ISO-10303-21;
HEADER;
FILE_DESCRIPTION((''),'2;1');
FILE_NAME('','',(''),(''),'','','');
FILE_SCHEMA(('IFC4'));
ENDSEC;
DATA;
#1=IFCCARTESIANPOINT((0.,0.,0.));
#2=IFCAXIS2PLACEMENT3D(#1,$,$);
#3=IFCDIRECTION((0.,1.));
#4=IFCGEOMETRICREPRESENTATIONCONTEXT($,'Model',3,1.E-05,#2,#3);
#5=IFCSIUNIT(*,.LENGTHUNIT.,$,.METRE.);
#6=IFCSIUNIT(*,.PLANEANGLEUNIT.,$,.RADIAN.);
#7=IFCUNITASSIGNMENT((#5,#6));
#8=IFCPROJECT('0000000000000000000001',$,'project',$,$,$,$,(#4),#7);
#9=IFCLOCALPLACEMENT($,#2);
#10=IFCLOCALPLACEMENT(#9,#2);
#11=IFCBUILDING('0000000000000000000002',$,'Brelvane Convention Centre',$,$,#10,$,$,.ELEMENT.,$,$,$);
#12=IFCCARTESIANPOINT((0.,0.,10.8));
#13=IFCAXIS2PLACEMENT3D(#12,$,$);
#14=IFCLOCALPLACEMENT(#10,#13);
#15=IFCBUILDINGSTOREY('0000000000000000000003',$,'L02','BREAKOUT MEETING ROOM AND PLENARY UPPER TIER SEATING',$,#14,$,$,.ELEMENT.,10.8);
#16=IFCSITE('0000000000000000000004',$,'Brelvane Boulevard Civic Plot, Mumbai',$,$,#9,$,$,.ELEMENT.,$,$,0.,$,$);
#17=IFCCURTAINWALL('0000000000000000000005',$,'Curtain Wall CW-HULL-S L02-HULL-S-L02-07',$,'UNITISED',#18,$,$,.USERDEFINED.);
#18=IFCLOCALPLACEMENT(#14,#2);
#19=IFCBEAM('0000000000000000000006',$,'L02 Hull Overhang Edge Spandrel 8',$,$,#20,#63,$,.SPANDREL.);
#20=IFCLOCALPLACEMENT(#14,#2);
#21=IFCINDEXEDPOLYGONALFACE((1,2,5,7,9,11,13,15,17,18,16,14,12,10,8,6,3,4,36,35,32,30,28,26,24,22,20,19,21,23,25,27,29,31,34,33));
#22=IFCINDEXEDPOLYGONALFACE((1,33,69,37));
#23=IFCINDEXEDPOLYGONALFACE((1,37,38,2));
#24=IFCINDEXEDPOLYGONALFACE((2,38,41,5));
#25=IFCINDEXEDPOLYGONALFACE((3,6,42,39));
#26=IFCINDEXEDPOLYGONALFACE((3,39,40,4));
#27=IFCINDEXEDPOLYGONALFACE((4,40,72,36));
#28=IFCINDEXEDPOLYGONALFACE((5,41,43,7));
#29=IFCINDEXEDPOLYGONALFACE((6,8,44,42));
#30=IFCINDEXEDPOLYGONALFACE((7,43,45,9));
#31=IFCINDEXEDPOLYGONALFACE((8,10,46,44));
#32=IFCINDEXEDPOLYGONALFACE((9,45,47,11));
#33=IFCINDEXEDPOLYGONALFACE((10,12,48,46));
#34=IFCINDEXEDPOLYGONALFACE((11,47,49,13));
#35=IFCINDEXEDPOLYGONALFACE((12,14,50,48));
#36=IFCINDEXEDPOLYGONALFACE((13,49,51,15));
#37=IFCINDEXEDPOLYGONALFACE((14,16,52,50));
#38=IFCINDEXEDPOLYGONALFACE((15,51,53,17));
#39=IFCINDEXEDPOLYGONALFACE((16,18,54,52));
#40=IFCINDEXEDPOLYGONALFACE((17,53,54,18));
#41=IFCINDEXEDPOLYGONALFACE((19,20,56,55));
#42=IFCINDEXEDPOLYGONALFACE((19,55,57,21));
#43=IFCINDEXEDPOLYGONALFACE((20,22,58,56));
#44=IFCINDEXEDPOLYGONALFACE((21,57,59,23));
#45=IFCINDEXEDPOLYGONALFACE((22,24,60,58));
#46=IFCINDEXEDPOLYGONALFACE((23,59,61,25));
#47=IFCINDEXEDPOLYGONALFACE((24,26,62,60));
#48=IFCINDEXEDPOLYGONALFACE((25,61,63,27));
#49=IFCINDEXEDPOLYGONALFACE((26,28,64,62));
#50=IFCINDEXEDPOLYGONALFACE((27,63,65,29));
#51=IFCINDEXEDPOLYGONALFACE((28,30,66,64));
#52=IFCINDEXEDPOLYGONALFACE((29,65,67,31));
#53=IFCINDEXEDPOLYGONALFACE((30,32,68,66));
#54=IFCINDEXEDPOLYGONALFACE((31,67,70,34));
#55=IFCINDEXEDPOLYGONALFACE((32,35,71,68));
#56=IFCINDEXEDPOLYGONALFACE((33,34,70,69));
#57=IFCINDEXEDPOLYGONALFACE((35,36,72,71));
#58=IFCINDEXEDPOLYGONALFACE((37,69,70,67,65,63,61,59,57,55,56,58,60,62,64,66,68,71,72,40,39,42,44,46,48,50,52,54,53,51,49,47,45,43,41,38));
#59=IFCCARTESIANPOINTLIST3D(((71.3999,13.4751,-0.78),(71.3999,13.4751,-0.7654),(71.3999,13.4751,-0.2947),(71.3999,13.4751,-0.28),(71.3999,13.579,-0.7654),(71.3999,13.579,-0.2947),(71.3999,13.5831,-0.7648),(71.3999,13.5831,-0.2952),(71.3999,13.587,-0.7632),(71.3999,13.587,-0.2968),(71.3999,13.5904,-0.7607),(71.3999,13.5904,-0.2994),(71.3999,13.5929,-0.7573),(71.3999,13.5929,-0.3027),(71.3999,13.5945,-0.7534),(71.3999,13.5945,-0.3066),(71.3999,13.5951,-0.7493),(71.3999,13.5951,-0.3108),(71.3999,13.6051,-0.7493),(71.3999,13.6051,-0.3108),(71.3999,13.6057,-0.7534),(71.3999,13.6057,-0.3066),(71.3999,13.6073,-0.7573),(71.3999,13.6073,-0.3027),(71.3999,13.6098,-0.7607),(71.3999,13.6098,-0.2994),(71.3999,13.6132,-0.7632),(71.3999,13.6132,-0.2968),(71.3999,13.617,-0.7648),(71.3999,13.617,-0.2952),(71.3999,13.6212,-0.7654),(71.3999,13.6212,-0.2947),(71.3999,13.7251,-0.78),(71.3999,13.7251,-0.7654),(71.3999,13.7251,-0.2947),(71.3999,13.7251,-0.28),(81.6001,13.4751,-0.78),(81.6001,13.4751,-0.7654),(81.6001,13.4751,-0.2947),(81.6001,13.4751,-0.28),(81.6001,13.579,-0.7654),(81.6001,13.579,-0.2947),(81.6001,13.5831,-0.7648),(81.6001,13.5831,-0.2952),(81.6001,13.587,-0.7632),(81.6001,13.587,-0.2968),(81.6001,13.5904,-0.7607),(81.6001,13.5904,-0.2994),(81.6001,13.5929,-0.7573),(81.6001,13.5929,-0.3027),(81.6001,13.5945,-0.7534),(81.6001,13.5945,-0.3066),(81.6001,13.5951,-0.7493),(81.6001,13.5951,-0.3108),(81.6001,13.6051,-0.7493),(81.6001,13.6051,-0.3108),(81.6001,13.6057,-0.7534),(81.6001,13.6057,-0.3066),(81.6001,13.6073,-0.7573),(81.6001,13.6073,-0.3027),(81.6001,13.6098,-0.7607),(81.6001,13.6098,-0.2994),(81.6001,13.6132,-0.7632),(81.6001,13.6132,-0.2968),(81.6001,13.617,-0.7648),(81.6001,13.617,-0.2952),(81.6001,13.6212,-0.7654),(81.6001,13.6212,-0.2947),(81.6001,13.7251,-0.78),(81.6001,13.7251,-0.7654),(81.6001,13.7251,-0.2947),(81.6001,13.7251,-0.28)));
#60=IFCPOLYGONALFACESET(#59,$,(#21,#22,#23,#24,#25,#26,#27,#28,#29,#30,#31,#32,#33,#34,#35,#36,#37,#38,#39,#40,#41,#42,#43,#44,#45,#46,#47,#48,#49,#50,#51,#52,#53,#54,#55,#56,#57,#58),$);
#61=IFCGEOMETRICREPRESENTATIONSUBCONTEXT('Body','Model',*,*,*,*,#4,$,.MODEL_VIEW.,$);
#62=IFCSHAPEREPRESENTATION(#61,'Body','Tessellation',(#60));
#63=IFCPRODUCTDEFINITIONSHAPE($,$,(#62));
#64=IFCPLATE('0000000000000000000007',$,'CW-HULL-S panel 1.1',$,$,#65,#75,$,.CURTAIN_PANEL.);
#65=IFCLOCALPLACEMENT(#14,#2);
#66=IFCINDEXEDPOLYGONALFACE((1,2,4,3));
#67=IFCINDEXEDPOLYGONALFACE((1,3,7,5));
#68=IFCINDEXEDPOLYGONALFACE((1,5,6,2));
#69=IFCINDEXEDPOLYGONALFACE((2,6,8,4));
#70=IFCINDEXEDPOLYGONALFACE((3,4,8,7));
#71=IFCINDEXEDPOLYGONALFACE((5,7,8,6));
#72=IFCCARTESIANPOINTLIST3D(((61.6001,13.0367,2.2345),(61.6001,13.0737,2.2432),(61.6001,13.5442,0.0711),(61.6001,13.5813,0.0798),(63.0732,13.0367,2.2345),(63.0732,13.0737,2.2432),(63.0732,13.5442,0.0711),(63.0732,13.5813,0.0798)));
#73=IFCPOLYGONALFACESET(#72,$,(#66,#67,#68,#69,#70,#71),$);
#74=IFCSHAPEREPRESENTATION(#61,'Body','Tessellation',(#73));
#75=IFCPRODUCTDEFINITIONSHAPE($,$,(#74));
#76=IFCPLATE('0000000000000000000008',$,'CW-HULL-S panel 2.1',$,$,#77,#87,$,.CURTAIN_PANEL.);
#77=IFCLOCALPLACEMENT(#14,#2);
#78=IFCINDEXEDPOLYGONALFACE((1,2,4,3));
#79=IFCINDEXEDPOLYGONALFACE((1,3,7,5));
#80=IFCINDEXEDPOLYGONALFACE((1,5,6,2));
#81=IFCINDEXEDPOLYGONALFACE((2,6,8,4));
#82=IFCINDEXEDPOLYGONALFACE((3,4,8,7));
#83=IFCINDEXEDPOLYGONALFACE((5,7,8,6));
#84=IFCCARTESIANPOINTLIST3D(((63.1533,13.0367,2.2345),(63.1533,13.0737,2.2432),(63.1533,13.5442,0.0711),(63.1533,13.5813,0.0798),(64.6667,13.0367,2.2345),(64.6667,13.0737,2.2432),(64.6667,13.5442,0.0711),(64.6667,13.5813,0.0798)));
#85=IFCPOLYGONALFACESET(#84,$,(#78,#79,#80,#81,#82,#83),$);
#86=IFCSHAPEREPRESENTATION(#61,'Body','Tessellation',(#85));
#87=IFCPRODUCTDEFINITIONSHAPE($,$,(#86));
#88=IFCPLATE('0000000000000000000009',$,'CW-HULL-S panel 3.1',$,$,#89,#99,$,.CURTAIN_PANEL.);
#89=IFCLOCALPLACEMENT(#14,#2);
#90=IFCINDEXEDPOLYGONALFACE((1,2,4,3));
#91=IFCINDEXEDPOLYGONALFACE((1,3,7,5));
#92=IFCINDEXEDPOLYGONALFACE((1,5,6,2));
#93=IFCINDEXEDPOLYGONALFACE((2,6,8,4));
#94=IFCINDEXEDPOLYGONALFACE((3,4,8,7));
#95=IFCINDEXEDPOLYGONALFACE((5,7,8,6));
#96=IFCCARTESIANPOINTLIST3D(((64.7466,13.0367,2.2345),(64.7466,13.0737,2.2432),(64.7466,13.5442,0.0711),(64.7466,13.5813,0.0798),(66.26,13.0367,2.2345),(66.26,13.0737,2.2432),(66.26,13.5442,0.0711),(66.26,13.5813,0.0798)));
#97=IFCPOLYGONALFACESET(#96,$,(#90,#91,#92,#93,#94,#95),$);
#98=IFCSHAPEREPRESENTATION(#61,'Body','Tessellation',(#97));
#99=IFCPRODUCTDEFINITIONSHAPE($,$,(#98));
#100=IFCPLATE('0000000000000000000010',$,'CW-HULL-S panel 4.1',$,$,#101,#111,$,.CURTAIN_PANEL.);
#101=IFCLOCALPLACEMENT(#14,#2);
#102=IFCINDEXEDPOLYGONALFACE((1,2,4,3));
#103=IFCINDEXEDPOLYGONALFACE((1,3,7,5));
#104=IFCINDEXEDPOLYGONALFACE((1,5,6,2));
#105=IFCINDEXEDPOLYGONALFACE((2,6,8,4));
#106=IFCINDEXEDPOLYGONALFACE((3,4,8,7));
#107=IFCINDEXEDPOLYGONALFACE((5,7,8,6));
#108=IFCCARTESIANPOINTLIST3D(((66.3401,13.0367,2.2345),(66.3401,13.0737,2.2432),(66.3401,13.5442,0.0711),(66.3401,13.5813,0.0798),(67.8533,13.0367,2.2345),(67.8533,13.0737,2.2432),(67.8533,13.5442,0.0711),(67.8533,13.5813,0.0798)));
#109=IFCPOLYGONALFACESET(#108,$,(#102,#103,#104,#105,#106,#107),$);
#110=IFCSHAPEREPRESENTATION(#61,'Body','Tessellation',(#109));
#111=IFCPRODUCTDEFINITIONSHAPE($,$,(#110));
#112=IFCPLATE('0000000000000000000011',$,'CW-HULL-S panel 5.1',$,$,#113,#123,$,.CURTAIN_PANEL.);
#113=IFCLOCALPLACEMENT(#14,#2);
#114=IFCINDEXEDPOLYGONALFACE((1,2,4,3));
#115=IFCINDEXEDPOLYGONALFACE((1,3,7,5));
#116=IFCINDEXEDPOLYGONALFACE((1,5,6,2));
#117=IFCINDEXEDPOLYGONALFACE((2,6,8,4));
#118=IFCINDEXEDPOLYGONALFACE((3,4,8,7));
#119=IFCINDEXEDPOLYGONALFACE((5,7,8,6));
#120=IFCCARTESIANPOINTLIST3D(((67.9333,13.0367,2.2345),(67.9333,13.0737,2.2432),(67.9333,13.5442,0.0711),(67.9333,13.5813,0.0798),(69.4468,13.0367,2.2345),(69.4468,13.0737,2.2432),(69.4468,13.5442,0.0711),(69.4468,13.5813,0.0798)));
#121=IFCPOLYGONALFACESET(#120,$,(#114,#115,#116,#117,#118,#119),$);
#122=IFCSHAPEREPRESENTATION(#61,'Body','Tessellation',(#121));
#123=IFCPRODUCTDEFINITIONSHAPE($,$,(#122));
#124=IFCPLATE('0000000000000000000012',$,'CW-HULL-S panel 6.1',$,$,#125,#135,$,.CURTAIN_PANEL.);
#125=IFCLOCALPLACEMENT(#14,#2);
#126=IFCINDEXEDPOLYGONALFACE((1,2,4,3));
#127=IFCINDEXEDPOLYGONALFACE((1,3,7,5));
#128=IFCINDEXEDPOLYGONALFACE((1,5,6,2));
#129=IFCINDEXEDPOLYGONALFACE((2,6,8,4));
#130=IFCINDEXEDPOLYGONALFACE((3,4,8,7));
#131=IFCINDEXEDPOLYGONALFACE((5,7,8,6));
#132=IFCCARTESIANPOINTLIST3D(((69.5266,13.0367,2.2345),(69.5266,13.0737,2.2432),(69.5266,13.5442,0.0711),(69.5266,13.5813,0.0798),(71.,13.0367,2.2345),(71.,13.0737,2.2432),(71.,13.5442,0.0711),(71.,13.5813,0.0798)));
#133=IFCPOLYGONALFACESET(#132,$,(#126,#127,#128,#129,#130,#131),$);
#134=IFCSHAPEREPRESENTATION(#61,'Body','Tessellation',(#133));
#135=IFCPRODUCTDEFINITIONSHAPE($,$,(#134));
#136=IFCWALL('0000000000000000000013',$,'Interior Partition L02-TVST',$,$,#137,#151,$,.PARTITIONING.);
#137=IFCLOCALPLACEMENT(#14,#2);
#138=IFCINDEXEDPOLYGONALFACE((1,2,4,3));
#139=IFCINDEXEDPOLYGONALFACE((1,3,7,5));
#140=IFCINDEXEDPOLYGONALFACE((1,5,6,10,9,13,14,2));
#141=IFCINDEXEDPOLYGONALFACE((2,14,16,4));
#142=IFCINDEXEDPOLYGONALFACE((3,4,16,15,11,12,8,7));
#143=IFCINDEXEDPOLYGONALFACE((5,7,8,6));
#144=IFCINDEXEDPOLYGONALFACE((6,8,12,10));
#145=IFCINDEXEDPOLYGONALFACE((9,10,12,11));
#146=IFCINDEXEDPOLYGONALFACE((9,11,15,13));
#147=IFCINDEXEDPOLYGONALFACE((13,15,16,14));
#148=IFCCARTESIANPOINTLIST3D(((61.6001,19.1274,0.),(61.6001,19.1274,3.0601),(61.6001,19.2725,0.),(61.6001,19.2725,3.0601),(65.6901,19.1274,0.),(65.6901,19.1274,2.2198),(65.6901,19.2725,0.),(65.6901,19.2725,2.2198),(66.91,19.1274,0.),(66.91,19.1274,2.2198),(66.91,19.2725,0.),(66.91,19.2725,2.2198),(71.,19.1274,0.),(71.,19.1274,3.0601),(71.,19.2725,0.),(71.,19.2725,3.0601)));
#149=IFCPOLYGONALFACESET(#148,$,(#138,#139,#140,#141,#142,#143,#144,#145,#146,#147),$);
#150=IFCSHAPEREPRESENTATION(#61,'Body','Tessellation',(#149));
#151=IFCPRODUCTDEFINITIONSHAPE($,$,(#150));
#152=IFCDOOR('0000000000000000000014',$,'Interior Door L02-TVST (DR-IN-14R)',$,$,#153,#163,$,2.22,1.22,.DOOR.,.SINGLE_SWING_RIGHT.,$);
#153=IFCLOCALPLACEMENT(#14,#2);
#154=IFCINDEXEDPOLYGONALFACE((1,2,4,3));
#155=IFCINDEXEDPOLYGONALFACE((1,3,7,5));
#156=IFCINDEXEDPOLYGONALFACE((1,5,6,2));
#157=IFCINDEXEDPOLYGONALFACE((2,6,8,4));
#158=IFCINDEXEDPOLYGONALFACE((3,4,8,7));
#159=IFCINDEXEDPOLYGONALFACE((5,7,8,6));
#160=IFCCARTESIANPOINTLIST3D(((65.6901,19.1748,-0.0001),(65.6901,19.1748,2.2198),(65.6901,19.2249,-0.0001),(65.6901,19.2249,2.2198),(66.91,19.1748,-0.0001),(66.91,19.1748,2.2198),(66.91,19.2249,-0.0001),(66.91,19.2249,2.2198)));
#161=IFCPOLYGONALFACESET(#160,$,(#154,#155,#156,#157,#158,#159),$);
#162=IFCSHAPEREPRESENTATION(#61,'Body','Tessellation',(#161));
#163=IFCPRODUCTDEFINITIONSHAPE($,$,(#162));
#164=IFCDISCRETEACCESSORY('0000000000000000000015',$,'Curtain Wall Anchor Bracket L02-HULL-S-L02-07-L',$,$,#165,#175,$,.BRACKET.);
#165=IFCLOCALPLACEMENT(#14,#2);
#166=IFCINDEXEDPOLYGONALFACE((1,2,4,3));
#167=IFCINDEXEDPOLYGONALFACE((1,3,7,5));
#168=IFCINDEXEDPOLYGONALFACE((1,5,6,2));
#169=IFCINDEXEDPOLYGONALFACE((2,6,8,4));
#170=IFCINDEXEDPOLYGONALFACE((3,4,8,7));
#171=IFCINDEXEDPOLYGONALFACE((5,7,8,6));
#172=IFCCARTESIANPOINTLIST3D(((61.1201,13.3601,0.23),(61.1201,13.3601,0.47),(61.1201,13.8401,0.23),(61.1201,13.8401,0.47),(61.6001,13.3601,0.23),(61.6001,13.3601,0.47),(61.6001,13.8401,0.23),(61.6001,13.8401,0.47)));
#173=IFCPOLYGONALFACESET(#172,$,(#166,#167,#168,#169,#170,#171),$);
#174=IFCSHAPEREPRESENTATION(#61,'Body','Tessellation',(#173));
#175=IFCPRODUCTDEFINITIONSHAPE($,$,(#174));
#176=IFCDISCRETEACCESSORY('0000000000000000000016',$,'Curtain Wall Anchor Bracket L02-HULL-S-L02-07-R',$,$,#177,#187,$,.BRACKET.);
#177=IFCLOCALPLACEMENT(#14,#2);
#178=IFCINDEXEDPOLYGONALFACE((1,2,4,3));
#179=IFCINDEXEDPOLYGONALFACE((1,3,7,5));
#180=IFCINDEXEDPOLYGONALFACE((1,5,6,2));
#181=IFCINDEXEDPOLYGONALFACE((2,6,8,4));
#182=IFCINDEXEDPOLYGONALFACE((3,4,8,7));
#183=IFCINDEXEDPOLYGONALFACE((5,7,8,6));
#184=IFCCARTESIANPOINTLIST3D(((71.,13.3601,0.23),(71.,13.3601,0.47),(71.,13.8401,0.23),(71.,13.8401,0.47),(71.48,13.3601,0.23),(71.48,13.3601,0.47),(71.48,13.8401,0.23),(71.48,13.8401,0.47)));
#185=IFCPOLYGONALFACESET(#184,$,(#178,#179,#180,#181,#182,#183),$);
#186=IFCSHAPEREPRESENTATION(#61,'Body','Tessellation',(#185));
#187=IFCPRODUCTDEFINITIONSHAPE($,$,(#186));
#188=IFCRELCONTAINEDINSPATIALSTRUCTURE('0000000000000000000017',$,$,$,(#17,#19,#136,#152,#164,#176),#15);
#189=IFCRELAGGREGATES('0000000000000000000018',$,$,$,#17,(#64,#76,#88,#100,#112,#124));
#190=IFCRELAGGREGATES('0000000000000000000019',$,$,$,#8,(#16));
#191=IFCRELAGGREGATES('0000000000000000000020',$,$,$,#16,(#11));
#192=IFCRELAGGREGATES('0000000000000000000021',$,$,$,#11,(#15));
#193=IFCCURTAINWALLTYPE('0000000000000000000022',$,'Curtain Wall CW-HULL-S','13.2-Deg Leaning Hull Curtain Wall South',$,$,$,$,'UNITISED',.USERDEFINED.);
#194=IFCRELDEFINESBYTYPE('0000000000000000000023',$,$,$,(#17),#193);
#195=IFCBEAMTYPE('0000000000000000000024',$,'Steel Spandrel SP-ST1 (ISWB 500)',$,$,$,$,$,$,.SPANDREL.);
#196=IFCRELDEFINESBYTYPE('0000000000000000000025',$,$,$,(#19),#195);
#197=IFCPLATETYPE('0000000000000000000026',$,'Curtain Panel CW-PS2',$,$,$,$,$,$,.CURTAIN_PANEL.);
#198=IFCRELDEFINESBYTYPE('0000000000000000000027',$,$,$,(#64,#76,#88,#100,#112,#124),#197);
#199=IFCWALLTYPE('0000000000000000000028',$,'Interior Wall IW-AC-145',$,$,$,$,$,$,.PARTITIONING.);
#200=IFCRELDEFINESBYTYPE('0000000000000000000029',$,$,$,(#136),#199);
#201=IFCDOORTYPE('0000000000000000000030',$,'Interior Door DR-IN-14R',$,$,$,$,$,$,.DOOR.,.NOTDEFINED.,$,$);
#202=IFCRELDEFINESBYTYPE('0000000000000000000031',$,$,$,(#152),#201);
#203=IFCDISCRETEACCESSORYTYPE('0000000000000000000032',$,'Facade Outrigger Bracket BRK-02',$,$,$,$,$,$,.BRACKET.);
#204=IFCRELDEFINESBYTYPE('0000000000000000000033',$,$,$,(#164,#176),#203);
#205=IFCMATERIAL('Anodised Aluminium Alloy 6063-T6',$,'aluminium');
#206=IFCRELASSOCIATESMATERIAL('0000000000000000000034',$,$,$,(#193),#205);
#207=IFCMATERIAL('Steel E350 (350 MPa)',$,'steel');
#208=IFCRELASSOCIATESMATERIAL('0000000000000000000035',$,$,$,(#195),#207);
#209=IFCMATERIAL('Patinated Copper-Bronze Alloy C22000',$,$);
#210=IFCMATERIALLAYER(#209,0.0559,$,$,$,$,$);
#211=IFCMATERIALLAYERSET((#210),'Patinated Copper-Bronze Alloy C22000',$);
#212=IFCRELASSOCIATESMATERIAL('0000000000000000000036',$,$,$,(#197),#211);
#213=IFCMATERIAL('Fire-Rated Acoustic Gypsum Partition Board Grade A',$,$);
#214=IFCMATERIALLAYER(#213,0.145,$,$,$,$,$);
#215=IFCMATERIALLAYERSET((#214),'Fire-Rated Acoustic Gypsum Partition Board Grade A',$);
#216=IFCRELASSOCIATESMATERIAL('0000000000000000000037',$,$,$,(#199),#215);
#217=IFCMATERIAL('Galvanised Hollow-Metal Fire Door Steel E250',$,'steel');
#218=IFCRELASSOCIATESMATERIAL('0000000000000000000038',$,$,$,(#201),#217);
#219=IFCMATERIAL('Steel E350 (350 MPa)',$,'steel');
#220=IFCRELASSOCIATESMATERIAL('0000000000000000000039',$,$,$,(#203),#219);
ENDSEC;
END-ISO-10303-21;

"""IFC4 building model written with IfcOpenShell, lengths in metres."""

from ifc_helpers import new_model, si_unit, direction, frame, frame_2d, origin, origin_2d, place, context, subcontext, project, spatial, polyline, rectangle, i_section, outline, extrude, material, layer, layer_set, material_profile, profile_set, type_object, element, fill, aggregate, save


model = new_model("IFC4")

# Units and contexts
model_context = context("Model", 3, precision=1e-05, world=origin(), true_north=direction((0.0, 1.0)))
body_context = subcontext(model_context, "Body", "Model", "MODEL_VIEW")
ifc_project = project(units=[si_unit("LENGTHUNIT", "METRE"), si_unit("PLANEANGLEUNIT", "RADIAN")], contexts=[model_context])

# Site, building, storey
site_placement = place(None, origin())
site = spatial("IfcSite", under=ifc_project, at=site_placement, Name="Brelvane Boulevard Civic Plot, Mumbai", CompositionType="ELEMENT", RefElevation=0.0)
building_placement = place(site_placement, origin())
building = spatial("IfcBuilding", under=site, at=building_placement, Name="Brelvane Convention Centre", CompositionType="ELEMENT")
storey_placement = place(building_placement, frame((0.0, 0.0, 10.8)))
storey = spatial("IfcBuildingStorey", under=building, at=storey_placement, Name="L02", Description="BREAKOUT MEETING ROOM AND PLENARY UPPER TIER SEATING", CompositionType="ELEMENT", Elevation=10.8)

# Curtain wall
ifc_material_1 = material(Name="Anodised Aluminium Alloy 6063-T6", Category="aluminium")
curtain_wall_type = type_object("IfcCurtainWallType", Name="Curtain Wall CW-HULL-S", Description="13.2-Deg Leaning Hull Curtain Wall South", ElementType="UNITISED", PredefinedType="USERDEFINED", material=ifc_material_1)
curtain_wall_1_placement = place(storey_placement, origin())
curtain_wall_1 = element("IfcCurtainWall", 1, at=curtain_wall_1_placement, inside=storey, type_object=curtain_wall_type, Name="Curtain Wall CW-HULL-S L02-HULL-S-L02-07", ObjectType="UNITISED", PredefinedType="USERDEFINED")

# Beam
ifc_material_2 = material(Name="Steel E350 (350 MPa)", Category="steel")
ifc_material_profile_1 = material_profile(ifc_material_2, i_section(OverallWidth=0.25, OverallDepth=0.5, WebThickness=0.01, FlangeThickness=0.0146, FilletRadius=0.0161, at=origin_2d()), Name="ISWB 500")
ifc_profile_set_1 = profile_set([ifc_material_profile_1], Name="Steel E350 (350 MPa)")
beam_type_1 = type_object("IfcBeamType", Name="Steel Spandrel SP-ST1 (ISWB 500)", PredefinedType="SPANDREL", material=ifc_profile_set_1)
beam_1_placement = place(storey_placement, frame((71.3999, 13.6001, -0.53), z_axis=(1.0, 0.0, 0.0), x_axis=(0.0, 1.0, 0.0)))
element("IfcBeam", 2, at=beam_1_placement, inside=storey, type_object=beam_type_1, Name="L02 Hull Overhang Edge Spandrel 8", PredefinedType="SPANDREL", context=body_context, shape_type="SweptSolid", body=[
    extrude(i_section(OverallWidth=0.25, OverallDepth=0.5, WebThickness=0.01, FlangeThickness=0.0146, FilletRadius=0.0161, at=origin_2d()), origin(), (0.0, 0.0, 1.0), 10.2002),
])

# Plates
ifc_material_3 = material(Name="Patinated Copper-Bronze Alloy C22000")
ifc_layer_1 = layer(ifc_material_3, 0.0559)
ifc_layer_set_1 = layer_set([ifc_layer_1], Name="Patinated Copper-Bronze Alloy C22000")
plate_type = type_object("IfcPlateType", Name="Curtain Panel CW-PS2", PredefinedType="CURTAIN_PANEL", material=ifc_layer_set_1)
plate_1_placement = place(storey_placement, frame((61.6001, 13.5813, 0.0798), z_axis=(0.0, 0.973563, 0.228421), x_axis=(1.0, 0.0, 0.0)))
plate_1 = element("IfcPlate", 3, at=plate_1_placement, type_object=plate_type, Name="CW-HULL-S panel 1.1", PredefinedType="CURTAIN_PANEL", context=body_context, shape_type="SweptSolid", body=[
    extrude(outline(polyline([(0.0, 0.0), (1.4731, 0.0), (1.4731, -2.2221), (0.0, -2.2221), (0.0, 0.0)])), origin(), (0.0, 0.0, -1.0), 0.0381),
])
plate_2_placement = place(storey_placement, frame((63.1533, 13.5813, 0.0798), z_axis=(0.0, 0.973563, 0.228421), x_axis=(1.0, 0.0, 0.0)))
plate_2 = element("IfcPlate", 4, at=plate_2_placement, type_object=plate_type, Name="CW-HULL-S panel 2.1", PredefinedType="CURTAIN_PANEL", context=body_context, shape_type="SweptSolid", body=[
    extrude(outline(polyline([(0.0, 0.0), (1.5134, 0.0), (1.5134, -2.2221), (0.0, -2.2221), (0.0, 0.0)])), origin(), (0.0, 0.0, -1.0), 0.0381),
])
plate_3_placement = place(storey_placement, frame((64.7466, 13.5813, 0.0798), z_axis=(0.0, 0.973563, 0.228421), x_axis=(1.0, 0.0, 0.0)))
plate_3 = element("IfcPlate", 5, at=plate_3_placement, type_object=plate_type, Name="CW-HULL-S panel 3.1", PredefinedType="CURTAIN_PANEL", context=body_context, shape_type="SweptSolid", body=[
    extrude(outline(polyline([(0.0, 0.0), (1.5134, 0.0), (1.5134, -2.2221), (0.0, -2.2221), (0.0, 0.0)])), origin(), (0.0, 0.0, -1.0), 0.0381),
])
plate_4_placement = place(storey_placement, frame((66.3401, 13.5813, 0.0798), z_axis=(0.0, 0.973563, 0.228421), x_axis=(1.0, 0.0, 0.0)))
plate_4 = element("IfcPlate", 6, at=plate_4_placement, type_object=plate_type, Name="CW-HULL-S panel 4.1", PredefinedType="CURTAIN_PANEL", context=body_context, shape_type="SweptSolid", body=[
    extrude(outline(polyline([(0.0, 0.0), (1.5132, 0.0), (1.5132, -2.2221), (0.0, -2.2221), (0.0, 0.0)])), origin(), (0.0, 0.0, -1.0), 0.0381),
])
plate_5_placement = place(storey_placement, frame((67.9333, 13.5813, 0.0798), z_axis=(0.0, 0.973563, 0.228421), x_axis=(1.0, 0.0, 0.0)))
plate_5 = element("IfcPlate", 7, at=plate_5_placement, type_object=plate_type, Name="CW-HULL-S panel 5.1", PredefinedType="CURTAIN_PANEL", context=body_context, shape_type="SweptSolid", body=[
    extrude(outline(polyline([(0.0, 0.0), (1.5134, 0.0), (1.5134, -2.2221), (0.0, -2.2221), (0.0, 0.0)])), origin(), (0.0, 0.0, -1.0), 0.0381),
])
plate_6_placement = place(storey_placement, frame((69.5266, 13.5813, 0.0798), z_axis=(0.0, 0.973563, 0.228421), x_axis=(1.0, 0.0, 0.0)))
plate_6 = element("IfcPlate", 8, at=plate_6_placement, type_object=plate_type, Name="CW-HULL-S panel 6.1", PredefinedType="CURTAIN_PANEL", context=body_context, shape_type="SweptSolid", body=[
    extrude(outline(polyline([(0.0, 0.0), (1.4734, 0.0), (1.4734, -2.2221), (0.0, -2.2221), (0.0, 0.0)])), origin(), (0.0, 0.0, -1.0), 0.0381),
])
aggregate(curtain_wall_1, [plate_1, plate_2, plate_3, plate_4, plate_5, plate_6])

# Wall, opening, door
ifc_material_4 = material(Name="Fire-Rated Acoustic Gypsum Partition Board Grade A")
ifc_layer_2 = layer(ifc_material_4, 0.145)
ifc_layer_set_2 = layer_set([ifc_layer_2], Name="Fire-Rated Acoustic Gypsum Partition Board Grade A")
wall_type = type_object("IfcWallType", Name="Interior Wall IW-AC-145", PredefinedType="PARTITIONING", material=ifc_layer_set_2)
wall_placement = place(storey_placement, frame((61.6001, 19.2, 0.0), z_axis=(0.0, 0.0, 1.0), x_axis=(1.0, 0.0, 0.0)))
wall = element("IfcWall", 9, at=wall_placement, inside=storey, type_object=wall_type, Name="Interior Partition L02-TVST", PredefinedType="PARTITIONING", context=body_context, shape_type="SweptSolid", body=[
    extrude(rectangle(XDim=9.3999, YDim=0.145, at=frame_2d((4.7, 0.0))), origin(), (0.0, 0.0, 1.0), 3.0601),
])
opening_placement = place(wall_placement, frame((4.0901, 0.0, 0.0)))
opening = element("IfcOpeningElement", 10, at=opening_placement, cuts=wall, PredefinedType="OPENING", context=body_context, shape_type="SweptSolid", body=[
    extrude(rectangle(XDim=1.22, YDim=2.22, at=frame_2d((0.6099, 1.1099))), frame((0.0, 0.0825, 0.0), z_axis=(0.0, -1.0, 0.0), x_axis=(1.0, 0.0, 0.0)), (0.0, 0.0, 1.0), 0.165),
])
ifc_material_5 = material(Name="Galvanised Hollow-Metal Fire Door Steel E250", Category="steel")
door_type = type_object("IfcDoorType", Name="Interior Door DR-IN-14R", OperationType="NOTDEFINED", PredefinedType="DOOR", material=ifc_material_5)
door_placement = place(opening_placement, origin())
door = element("IfcDoor", 11, at=door_placement, inside=storey, type_object=door_type, Name="Interior Door L02-TVST (DR-IN-14R)", OperationType="SINGLE_SWING_RIGHT", OverallHeight=2.22, OverallWidth=1.22, PredefinedType="DOOR", context=body_context, shape_type="SweptSolid", body=[
    extrude(rectangle(XDim=1.22, YDim=2.22, at=frame_2d((0.6099, 1.1099))), frame((0.0, 0.0249, 0.0), z_axis=(0.0, -1.0, 0.0), x_axis=(1.0, 0.0, 0.0)), (0.0, 0.0, 1.0), 0.05),
])
fill(opening, door)

# Discrete accessories
ifc_material_6 = material(Name="Steel E350 (350 MPa)", Category="steel")
discrete_accessory_type = type_object("IfcDiscreteAccessoryType", Name="Facade Outrigger Bracket BRK-02", PredefinedType="BRACKET", material=ifc_material_6)
for number, where, z_axis, x_axis, name in (
    (12, (61.3601, 13.6001, 0.23), (0.0, 0.0, 1.0), (1.0, 0.0, 0.0), "Curtain Wall Anchor Bracket L02-HULL-S-L02-07-L"),
    (13, (71.24, 13.6001, 0.23), (0.0, 0.0, 1.0), (1.0, 0.0, 0.0), "Curtain Wall Anchor Bracket L02-HULL-S-L02-07-R"),
):
    element("IfcDiscreteAccessory", number, at=place(storey_placement, frame(where, z_axis=z_axis, x_axis=x_axis)), inside=storey, type_object=discrete_accessory_type, Name=name, PredefinedType="BRACKET", context=body_context, shape_type="SweptSolid", body=[
        extrude(rectangle(XDim=0.48, YDim=0.48, at=origin_2d()), origin(), (0.0, 0.0, 1.0), 0.24),
    ])

save(model, "model.ifc")
